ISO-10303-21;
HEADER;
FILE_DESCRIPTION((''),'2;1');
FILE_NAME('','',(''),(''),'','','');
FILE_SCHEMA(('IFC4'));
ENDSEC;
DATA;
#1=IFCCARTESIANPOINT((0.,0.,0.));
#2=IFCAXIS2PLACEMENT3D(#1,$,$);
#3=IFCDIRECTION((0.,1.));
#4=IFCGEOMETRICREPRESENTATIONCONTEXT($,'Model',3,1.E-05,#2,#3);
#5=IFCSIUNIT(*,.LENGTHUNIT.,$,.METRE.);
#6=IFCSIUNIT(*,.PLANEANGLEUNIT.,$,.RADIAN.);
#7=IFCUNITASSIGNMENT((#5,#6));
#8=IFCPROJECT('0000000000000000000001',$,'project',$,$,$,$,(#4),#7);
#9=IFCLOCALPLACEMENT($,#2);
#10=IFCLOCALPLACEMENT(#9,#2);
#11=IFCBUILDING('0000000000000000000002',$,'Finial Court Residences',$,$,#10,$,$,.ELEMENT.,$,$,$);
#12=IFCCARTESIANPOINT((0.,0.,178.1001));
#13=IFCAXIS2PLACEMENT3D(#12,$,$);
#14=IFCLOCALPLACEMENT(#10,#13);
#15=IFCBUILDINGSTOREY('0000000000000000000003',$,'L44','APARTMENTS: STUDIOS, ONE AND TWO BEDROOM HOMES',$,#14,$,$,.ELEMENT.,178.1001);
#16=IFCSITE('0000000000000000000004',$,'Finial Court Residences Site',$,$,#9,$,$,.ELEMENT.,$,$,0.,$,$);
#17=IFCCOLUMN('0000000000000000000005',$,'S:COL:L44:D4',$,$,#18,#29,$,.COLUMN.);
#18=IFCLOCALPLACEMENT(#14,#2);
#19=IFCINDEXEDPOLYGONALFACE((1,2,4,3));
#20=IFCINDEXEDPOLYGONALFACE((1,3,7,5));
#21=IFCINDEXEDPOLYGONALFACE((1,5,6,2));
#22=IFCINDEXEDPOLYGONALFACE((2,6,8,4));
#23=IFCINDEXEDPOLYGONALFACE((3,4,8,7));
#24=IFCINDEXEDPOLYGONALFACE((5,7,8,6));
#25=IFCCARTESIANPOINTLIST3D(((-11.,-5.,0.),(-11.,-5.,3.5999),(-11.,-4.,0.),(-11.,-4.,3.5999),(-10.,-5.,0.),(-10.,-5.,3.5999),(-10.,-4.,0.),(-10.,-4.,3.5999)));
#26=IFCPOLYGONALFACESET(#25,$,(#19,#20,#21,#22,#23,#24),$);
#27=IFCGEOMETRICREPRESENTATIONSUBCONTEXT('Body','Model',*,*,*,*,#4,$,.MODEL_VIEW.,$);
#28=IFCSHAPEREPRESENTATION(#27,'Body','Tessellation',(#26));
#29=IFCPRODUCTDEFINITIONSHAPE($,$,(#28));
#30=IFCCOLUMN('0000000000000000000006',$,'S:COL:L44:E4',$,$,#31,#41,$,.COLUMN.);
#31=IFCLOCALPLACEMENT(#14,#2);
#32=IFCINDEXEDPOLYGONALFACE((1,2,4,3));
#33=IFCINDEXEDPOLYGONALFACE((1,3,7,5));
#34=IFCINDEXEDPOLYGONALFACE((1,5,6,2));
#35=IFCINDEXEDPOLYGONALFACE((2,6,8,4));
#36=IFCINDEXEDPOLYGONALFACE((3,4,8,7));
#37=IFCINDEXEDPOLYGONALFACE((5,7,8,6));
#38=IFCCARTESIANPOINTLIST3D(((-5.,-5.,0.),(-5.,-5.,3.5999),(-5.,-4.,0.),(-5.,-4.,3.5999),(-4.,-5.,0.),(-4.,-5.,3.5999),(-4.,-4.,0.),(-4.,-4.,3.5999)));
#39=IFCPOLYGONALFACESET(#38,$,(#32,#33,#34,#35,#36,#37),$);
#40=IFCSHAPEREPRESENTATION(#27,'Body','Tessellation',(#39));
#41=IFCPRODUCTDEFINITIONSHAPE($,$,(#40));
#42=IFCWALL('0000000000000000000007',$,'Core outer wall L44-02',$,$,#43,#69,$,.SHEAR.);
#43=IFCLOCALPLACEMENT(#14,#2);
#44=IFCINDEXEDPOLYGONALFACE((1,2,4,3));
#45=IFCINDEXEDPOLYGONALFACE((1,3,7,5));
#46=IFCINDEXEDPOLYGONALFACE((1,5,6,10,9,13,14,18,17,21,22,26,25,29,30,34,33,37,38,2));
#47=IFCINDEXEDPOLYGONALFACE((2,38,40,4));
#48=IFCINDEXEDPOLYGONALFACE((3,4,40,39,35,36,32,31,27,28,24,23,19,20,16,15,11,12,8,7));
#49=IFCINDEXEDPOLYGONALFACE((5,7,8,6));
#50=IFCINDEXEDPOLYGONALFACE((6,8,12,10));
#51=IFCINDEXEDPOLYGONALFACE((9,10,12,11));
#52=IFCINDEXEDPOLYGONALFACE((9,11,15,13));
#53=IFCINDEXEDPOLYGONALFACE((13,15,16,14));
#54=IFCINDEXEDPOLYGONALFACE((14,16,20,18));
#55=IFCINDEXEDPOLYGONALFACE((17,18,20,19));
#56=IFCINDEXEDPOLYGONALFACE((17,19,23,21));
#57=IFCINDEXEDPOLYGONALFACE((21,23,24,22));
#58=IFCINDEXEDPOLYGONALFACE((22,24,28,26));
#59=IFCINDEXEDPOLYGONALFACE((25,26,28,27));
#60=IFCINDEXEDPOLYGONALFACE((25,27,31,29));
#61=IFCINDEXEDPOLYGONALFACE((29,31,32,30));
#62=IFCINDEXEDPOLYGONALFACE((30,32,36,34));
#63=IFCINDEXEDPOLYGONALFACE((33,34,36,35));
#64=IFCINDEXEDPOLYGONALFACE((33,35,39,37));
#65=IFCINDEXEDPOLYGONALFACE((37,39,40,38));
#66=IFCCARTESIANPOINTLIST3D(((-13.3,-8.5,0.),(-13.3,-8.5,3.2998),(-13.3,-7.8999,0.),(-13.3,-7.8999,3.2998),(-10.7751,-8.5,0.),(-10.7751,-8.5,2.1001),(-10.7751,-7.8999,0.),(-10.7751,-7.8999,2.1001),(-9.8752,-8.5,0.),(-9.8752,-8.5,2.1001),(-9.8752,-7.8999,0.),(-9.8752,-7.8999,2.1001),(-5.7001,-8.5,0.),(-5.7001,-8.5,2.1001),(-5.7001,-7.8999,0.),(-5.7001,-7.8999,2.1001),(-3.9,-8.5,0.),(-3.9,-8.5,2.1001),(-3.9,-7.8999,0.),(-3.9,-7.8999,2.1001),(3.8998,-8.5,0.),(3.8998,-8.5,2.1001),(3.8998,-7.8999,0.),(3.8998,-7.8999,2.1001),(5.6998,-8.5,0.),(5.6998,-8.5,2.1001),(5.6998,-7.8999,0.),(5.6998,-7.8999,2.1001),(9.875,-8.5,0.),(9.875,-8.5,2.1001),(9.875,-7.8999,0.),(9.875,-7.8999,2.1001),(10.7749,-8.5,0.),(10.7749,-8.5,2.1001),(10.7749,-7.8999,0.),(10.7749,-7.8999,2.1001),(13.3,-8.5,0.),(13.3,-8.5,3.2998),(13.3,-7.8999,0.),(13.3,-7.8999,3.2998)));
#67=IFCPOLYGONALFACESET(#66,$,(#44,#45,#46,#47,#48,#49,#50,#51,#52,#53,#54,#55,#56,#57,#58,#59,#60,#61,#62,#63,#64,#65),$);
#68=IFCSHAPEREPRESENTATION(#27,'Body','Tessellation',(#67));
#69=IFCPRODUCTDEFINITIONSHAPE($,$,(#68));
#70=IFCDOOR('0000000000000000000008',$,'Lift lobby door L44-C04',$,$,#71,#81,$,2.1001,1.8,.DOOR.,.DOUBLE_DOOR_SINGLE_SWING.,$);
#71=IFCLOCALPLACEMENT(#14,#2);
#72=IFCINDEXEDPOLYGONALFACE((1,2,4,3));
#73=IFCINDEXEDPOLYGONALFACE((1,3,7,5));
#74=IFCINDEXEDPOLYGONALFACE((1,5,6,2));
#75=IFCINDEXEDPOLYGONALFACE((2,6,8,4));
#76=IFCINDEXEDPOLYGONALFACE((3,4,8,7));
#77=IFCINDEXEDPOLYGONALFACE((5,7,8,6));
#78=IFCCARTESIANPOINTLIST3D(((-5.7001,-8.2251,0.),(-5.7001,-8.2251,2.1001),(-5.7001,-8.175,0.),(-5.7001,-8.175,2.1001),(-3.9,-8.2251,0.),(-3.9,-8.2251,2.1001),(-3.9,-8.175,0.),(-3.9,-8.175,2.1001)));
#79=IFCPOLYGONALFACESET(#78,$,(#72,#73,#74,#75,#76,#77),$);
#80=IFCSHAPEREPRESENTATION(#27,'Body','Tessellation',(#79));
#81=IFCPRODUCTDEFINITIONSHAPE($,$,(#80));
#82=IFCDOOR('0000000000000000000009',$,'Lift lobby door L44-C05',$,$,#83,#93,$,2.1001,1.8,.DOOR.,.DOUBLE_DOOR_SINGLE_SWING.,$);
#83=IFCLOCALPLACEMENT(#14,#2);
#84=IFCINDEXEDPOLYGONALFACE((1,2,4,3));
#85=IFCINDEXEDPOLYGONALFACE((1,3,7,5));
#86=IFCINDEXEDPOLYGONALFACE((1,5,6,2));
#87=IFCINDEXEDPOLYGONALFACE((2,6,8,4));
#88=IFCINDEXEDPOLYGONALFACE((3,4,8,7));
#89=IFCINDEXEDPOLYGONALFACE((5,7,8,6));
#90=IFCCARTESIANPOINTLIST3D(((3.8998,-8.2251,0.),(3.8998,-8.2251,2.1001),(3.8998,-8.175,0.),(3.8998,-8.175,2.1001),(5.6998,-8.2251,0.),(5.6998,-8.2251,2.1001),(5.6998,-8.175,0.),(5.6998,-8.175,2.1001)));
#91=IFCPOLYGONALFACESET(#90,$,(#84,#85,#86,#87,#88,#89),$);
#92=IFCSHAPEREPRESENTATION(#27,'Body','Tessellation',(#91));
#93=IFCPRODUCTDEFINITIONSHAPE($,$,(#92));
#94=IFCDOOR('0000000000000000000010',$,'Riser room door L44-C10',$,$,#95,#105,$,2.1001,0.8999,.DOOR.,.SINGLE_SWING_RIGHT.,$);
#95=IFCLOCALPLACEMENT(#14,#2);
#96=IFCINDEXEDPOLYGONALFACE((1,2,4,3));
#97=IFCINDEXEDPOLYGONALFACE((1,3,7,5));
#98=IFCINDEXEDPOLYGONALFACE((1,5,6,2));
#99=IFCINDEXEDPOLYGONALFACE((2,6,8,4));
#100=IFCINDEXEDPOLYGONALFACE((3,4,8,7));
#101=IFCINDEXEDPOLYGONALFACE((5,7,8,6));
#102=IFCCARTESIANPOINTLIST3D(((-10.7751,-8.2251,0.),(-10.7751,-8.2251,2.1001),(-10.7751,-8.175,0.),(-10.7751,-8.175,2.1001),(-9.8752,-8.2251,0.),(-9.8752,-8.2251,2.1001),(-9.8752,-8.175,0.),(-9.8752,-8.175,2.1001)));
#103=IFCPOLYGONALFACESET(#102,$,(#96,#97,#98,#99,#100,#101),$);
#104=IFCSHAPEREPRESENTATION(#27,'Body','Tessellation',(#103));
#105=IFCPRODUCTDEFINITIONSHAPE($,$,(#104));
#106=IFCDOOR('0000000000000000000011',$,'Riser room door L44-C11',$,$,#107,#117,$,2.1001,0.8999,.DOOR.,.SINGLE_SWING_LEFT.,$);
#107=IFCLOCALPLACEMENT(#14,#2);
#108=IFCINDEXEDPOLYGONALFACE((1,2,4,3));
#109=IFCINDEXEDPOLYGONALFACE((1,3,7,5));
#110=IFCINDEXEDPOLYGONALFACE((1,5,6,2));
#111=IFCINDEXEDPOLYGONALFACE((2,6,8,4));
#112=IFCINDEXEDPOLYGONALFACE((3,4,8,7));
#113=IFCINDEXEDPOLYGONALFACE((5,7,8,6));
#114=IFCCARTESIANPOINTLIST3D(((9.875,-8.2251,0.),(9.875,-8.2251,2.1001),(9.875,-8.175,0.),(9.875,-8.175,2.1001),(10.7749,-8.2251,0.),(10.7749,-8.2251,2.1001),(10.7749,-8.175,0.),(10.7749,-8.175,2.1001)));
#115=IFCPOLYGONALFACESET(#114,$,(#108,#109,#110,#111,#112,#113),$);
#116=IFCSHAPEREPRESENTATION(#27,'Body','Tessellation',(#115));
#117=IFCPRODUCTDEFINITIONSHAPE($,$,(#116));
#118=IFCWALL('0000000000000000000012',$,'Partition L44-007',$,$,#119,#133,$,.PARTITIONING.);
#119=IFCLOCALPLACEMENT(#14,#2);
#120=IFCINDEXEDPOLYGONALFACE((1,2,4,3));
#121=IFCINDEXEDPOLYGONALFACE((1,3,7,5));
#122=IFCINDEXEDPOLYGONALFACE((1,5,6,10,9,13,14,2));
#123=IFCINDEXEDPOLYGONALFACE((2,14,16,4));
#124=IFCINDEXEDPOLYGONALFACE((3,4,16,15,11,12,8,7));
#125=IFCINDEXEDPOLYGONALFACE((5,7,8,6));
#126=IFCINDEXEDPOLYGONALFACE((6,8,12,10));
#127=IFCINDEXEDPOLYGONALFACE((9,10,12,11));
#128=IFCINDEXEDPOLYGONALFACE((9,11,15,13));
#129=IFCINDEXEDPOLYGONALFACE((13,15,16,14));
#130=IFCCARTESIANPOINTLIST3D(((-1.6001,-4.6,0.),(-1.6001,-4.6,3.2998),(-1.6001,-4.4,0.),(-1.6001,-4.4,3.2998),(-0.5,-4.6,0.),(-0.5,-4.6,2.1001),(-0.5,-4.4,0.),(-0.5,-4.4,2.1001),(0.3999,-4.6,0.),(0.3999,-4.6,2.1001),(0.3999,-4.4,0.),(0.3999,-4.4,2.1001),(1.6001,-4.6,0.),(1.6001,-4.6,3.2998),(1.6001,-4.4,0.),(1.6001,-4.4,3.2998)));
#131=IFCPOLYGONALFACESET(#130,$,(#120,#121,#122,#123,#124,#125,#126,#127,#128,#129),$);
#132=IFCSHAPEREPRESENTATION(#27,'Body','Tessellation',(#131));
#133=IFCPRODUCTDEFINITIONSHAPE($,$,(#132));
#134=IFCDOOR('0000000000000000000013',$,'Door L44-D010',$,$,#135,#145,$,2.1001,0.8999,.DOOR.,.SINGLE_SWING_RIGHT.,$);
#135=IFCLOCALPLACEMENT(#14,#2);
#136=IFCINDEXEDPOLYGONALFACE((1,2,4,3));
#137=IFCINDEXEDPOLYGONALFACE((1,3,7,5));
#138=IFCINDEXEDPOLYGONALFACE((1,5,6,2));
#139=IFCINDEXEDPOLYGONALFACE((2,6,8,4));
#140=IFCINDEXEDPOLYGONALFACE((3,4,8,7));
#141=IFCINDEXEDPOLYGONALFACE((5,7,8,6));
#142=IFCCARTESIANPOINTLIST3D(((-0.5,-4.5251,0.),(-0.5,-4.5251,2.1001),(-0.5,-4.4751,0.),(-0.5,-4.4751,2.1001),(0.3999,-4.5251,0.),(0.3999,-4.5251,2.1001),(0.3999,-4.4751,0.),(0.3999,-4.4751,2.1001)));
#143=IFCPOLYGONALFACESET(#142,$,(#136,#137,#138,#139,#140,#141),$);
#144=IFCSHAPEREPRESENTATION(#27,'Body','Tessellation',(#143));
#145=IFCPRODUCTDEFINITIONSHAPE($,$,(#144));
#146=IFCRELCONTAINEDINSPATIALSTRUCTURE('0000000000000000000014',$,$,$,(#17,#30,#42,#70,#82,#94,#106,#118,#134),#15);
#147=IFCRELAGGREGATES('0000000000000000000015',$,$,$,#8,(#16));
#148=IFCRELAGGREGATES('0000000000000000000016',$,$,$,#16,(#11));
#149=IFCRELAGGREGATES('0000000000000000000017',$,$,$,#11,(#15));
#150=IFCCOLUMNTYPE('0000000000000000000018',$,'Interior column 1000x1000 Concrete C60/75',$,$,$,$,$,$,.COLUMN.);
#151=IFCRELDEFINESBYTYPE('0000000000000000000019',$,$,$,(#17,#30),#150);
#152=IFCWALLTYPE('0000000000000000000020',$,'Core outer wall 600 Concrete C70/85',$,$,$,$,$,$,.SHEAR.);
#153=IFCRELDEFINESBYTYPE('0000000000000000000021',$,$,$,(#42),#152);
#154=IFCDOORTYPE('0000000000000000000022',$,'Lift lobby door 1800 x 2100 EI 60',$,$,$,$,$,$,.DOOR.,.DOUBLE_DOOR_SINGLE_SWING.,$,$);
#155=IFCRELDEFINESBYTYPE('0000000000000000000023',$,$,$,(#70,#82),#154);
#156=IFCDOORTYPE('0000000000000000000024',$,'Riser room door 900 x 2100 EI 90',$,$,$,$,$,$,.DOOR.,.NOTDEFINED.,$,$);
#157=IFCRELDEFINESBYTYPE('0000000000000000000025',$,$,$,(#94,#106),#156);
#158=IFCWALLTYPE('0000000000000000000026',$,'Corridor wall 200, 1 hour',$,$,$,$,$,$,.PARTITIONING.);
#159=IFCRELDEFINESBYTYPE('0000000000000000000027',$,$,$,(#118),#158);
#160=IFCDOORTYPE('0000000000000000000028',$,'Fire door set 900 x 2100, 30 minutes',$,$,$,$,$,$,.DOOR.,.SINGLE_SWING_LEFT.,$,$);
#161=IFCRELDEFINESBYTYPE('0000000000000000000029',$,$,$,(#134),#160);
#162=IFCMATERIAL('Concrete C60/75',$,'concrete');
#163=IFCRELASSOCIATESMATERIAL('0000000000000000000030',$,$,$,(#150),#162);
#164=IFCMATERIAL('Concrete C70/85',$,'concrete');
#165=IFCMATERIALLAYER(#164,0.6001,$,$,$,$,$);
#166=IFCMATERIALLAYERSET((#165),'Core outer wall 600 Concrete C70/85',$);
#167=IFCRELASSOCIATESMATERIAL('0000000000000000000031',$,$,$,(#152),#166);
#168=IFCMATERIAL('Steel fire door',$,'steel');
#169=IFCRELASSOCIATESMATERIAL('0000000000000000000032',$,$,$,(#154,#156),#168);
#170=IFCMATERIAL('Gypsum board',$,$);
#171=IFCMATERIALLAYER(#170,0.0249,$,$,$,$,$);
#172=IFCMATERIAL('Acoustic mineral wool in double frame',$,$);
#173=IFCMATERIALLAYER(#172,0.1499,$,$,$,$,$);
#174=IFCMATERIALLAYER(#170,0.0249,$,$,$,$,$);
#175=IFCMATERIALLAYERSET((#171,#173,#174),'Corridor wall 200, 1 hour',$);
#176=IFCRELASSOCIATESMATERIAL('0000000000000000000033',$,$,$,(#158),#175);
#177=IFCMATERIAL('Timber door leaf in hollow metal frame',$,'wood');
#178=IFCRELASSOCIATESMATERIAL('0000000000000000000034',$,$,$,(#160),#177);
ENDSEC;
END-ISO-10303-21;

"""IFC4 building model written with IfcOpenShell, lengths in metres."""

from ifc_helpers import new_model, si_unit, direction, frame, frame_2d, origin, origin_2d, place, context, subcontext, project, spatial, rectangle, extrude, material, layer, layer_set, material_profile, profile_set, type_object, element, fill, save


model = new_model("IFC4")

# Units and contexts
model_context = context("Model", 3, precision=1e-05, world=origin(), true_north=direction((0.0, 1.0)))
body_context = subcontext(model_context, "Body", "Model", "MODEL_VIEW")
ifc_project = project(units=[si_unit("LENGTHUNIT", "METRE"), si_unit("PLANEANGLEUNIT", "RADIAN")], contexts=[model_context])

# Site, building, storey
site_placement = place(None, origin())
site = spatial("IfcSite", under=ifc_project, at=site_placement, Name="Finial Court Residences Site", CompositionType="ELEMENT", RefElevation=0.0)
building_placement = place(site_placement, origin())
building = spatial("IfcBuilding", under=site, at=building_placement, Name="Finial Court Residences", CompositionType="ELEMENT")
storey_placement = place(building_placement, frame((0.0, 0.0, 178.1001)))
storey = spatial("IfcBuildingStorey", under=building, at=storey_placement, Name="L44", Description="APARTMENTS: STUDIOS, ONE AND TWO BEDROOM HOMES", CompositionType="ELEMENT", Elevation=178.1001)

# Columns
ifc_material_1 = material(Name="Concrete C60/75", Category="concrete")
ifc_material_profile = material_profile(ifc_material_1, rectangle(XDim=1.0, YDim=1.0, at=origin_2d()), Name="1000x1000")
ifc_profile_set = profile_set([ifc_material_profile], Name="Concrete C60/75")
column_type = type_object("IfcColumnType", Name="Interior column 1000x1000 Concrete C60/75", PredefinedType="COLUMN", material=ifc_profile_set)
for number, where, z_axis, x_axis, name in (
    (1, (-10.5, -4.5, 0.0), (0.0, 0.0, 1.0), (1.0, 0.0, 0.0), "S:COL:L44:D4"),
    (2, (-4.5, -4.5, 0.0), (0.0, 0.0, 1.0), (1.0, 0.0, 0.0), "S:COL:L44:E4"),
):
    element("IfcColumn", number, at=place(storey_placement, frame(where, z_axis=z_axis, x_axis=x_axis)), inside=storey, type_object=column_type, Name=name, PredefinedType="COLUMN", context=body_context, shape_type="SweptSolid", body=[
        extrude(rectangle(XDim=1.0, YDim=1.0, at=origin_2d()), origin(), (0.0, 0.0, 1.0), 3.5999),
    ])

# Wall, openings, doors
ifc_material_2 = material(Name="Concrete C70/85", Category="concrete")
ifc_layer_1 = layer(ifc_material_2, 0.6001)
ifc_layer_set_1 = layer_set([ifc_layer_1], Name="Core outer wall 600 Concrete C70/85")
wall_type_1 = type_object("IfcWallType", Name="Core outer wall 600 Concrete C70/85", PredefinedType="SHEAR", material=ifc_layer_set_1)
wall_1_placement = place(storey_placement, frame((-13.3, -8.2, 0.0), z_axis=(0.0, 0.0, 1.0), x_axis=(1.0, 0.0, 0.0)))
wall_1 = element("IfcWall", 3, at=wall_1_placement, inside=storey, type_object=wall_type_1, Name="Core outer wall L44-02", PredefinedType="SHEAR", context=body_context, shape_type="SweptSolid", body=[
    extrude(rectangle(XDim=26.6001, YDim=0.6001, at=frame_2d((13.3, 0.0))), origin(), (0.0, 0.0, 1.0), 3.2998),
])
opening_1_placement = place(wall_1_placement, frame((7.6001, 0.0, 0.0)))
opening_1 = element("IfcOpeningElement", 4, at=opening_1_placement, cuts=wall_1, PredefinedType="OPENING", context=body_context, shape_type="SweptSolid", body=[
    extrude(rectangle(XDim=1.8, YDim=2.1001, at=frame_2d((0.8999, 1.05))), frame((0.0, 0.3101, 0.0), z_axis=(0.0, -1.0, 0.0), x_axis=(1.0, 0.0, 0.0)), (0.0, 0.0, 1.0), 0.6201),
])
opening_2_placement = place(wall_1_placement, frame((17.2, 0.0, 0.0)))
opening_2 = element("IfcOpeningElement", 5, at=opening_2_placement, cuts=wall_1, PredefinedType="OPENING", context=body_context, shape_type="SweptSolid", body=[
    extrude(rectangle(XDim=1.8, YDim=2.1001, at=frame_2d((0.8999, 1.05))), frame((0.0, 0.3101, 0.0), z_axis=(0.0, -1.0, 0.0), x_axis=(1.0, 0.0, 0.0)), (0.0, 0.0, 1.0), 0.6201),
])
opening_3_placement = place(wall_1_placement, frame((2.5249, 0.0, 0.0)))
opening_3 = element("IfcOpeningElement", 6, at=opening_3_placement, cuts=wall_1, PredefinedType="OPENING", context=body_context, shape_type="SweptSolid", body=[
    extrude(rectangle(XDim=0.8999, YDim=2.1001, at=frame_2d((0.45, 1.05))), frame((0.0, 0.3101, 0.0), z_axis=(0.0, -1.0, 0.0), x_axis=(1.0, 0.0, 0.0)), (0.0, 0.0, 1.0), 0.6201),
])
opening_4_placement = place(wall_1_placement, frame((23.175, 0.0, 0.0)))
opening_4 = element("IfcOpeningElement", 7, at=opening_4_placement, cuts=wall_1, PredefinedType="OPENING", context=body_context, shape_type="SweptSolid", body=[
    extrude(rectangle(XDim=0.8999, YDim=2.1001, at=frame_2d((0.45, 1.05))), frame((0.0, 0.3101, 0.0), z_axis=(0.0, -1.0, 0.0), x_axis=(1.0, 0.0, 0.0)), (0.0, 0.0, 1.0), 0.6201),
])
ifc_material_3 = material(Name="Steel fire door", Category="steel")
door_type_1 = type_object("IfcDoorType", Name="Lift lobby door 1800 x 2100 EI 60", OperationType="DOUBLE_DOOR_SINGLE_SWING", PredefinedType="DOOR", material=ifc_material_3)
door_1_placement = place(opening_1_placement, origin())
door_1 = element("IfcDoor", 8, at=door_1_placement, inside=storey, type_object=door_type_1, Name="Lift lobby door L44-C04", OperationType="DOUBLE_DOOR_SINGLE_SWING", OverallHeight=2.1001, OverallWidth=1.8, PredefinedType="DOOR", context=body_context, shape_type="SweptSolid", body=[
    extrude(rectangle(XDim=1.8, YDim=2.1001, at=frame_2d((0.8999, 1.05))), frame((0.0, 0.0249, 0.0), z_axis=(0.0, -1.0, 0.0), x_axis=(1.0, 0.0, 0.0)), (0.0, 0.0, 1.0), 0.05),
])
fill(opening_1, door_1)
door_2_placement = place(opening_2_placement, origin())
door_2 = element("IfcDoor", 9, at=door_2_placement, inside=storey, type_object=door_type_1, Name="Lift lobby door L44-C05", OperationType="DOUBLE_DOOR_SINGLE_SWING", OverallHeight=2.1001, OverallWidth=1.8, PredefinedType="DOOR", context=body_context, shape_type="SweptSolid", body=[
    extrude(rectangle(XDim=1.8, YDim=2.1001, at=frame_2d((0.8999, 1.05))), frame((0.0, 0.0249, 0.0), z_axis=(0.0, -1.0, 0.0), x_axis=(1.0, 0.0, 0.0)), (0.0, 0.0, 1.0), 0.05),
])
fill(opening_2, door_2)
door_type_2 = type_object("IfcDoorType", Name="Riser room door 900 x 2100 EI 90", OperationType="NOTDEFINED", PredefinedType="DOOR", material=ifc_material_3)
door_3_placement = place(opening_3_placement, origin())
door_3 = element("IfcDoor", 10, at=door_3_placement, inside=storey, type_object=door_type_2, Name="Riser room door L44-C10", OperationType="SINGLE_SWING_RIGHT", OverallHeight=2.1001, OverallWidth=0.8999, PredefinedType="DOOR", context=body_context, shape_type="SweptSolid", body=[
    extrude(rectangle(XDim=0.8999, YDim=2.1001, at=frame_2d((0.45, 1.05))), frame((0.0, 0.0249, 0.0), z_axis=(0.0, -1.0, 0.0), x_axis=(1.0, 0.0, 0.0)), (0.0, 0.0, 1.0), 0.05),
])
fill(opening_3, door_3)
door_4_placement = place(opening_4_placement, origin())
door_4 = element("IfcDoor", 11, at=door_4_placement, inside=storey, type_object=door_type_2, Name="Riser room door L44-C11", OperationType="SINGLE_SWING_LEFT", OverallHeight=2.1001, OverallWidth=0.8999, PredefinedType="DOOR", context=body_context, shape_type="SweptSolid", body=[
    extrude(rectangle(XDim=0.8999, YDim=2.1001, at=frame_2d((0.45, 1.05))), frame((0.0, 0.0249, 0.0), z_axis=(0.0, -1.0, 0.0), x_axis=(1.0, 0.0, 0.0)), (0.0, 0.0, 1.0), 0.05),
])
fill(opening_4, door_4)

# Wall, opening, door
ifc_material_4 = material(Name="Gypsum board")
ifc_layer_2 = layer(ifc_material_4, 0.0249)
ifc_material_5 = material(Name="Acoustic mineral wool in double frame")
ifc_layer_3 = layer(ifc_material_5, 0.1499)
ifc_layer_4 = layer(ifc_material_4, 0.0249)
ifc_layer_set_2 = layer_set([ifc_layer_2, ifc_layer_3, ifc_layer_4], Name="Corridor wall 200, 1 hour")
wall_type_2 = type_object("IfcWallType", Name="Corridor wall 200, 1 hour", PredefinedType="PARTITIONING", material=ifc_layer_set_2)
wall_2_placement = place(storey_placement, frame((-1.6001, -4.5, 0.0), z_axis=(0.0, 0.0, 1.0), x_axis=(1.0, 0.0, 0.0)))
wall_2 = element("IfcWall", 12, at=wall_2_placement, inside=storey, type_object=wall_type_2, Name="Partition L44-007", PredefinedType="PARTITIONING", context=body_context, shape_type="SweptSolid", body=[
    extrude(rectangle(XDim=3.2002, YDim=0.2, at=frame_2d((1.6001, 0.0))), origin(), (0.0, 0.0, 1.0), 3.2998),
])
opening_5_placement = place(wall_2_placement, frame((1.1001, 0.0, 0.0)))
opening_5 = element("IfcOpeningElement", 13, at=opening_5_placement, cuts=wall_2, PredefinedType="OPENING", context=body_context, shape_type="SweptSolid", body=[
    extrude(rectangle(XDim=0.8999, YDim=2.1001, at=frame_2d((0.45, 1.05))), frame((0.0, 0.1099, 0.0), z_axis=(0.0, -1.0, 0.0), x_axis=(1.0, 0.0, 0.0)), (0.0, 0.0, 1.0), 0.22),
])
ifc_material_6 = material(Name="Timber door leaf in hollow metal frame", Category="wood")
door_type_3 = type_object("IfcDoorType", Name="Fire door set 900 x 2100, 30 minutes", OperationType="SINGLE_SWING_LEFT", PredefinedType="DOOR", material=ifc_material_6)
door_5_placement = place(opening_5_placement, origin())
door_5 = element("IfcDoor", 14, at=door_5_placement, inside=storey, type_object=door_type_3, Name="Door L44-D010", OperationType="SINGLE_SWING_RIGHT", OverallHeight=2.1001, OverallWidth=0.8999, PredefinedType="DOOR", context=body_context, shape_type="SweptSolid", body=[
    extrude(rectangle(XDim=0.8999, YDim=2.1001, at=frame_2d((0.45, 1.05))), frame((0.0, 0.0249, 0.0), z_axis=(0.0, -1.0, 0.0), x_axis=(1.0, 0.0, 0.0)), (0.0, 0.0, 1.0), 0.05),
])
fill(opening_5, door_5)

save(model, "model.ifc")
